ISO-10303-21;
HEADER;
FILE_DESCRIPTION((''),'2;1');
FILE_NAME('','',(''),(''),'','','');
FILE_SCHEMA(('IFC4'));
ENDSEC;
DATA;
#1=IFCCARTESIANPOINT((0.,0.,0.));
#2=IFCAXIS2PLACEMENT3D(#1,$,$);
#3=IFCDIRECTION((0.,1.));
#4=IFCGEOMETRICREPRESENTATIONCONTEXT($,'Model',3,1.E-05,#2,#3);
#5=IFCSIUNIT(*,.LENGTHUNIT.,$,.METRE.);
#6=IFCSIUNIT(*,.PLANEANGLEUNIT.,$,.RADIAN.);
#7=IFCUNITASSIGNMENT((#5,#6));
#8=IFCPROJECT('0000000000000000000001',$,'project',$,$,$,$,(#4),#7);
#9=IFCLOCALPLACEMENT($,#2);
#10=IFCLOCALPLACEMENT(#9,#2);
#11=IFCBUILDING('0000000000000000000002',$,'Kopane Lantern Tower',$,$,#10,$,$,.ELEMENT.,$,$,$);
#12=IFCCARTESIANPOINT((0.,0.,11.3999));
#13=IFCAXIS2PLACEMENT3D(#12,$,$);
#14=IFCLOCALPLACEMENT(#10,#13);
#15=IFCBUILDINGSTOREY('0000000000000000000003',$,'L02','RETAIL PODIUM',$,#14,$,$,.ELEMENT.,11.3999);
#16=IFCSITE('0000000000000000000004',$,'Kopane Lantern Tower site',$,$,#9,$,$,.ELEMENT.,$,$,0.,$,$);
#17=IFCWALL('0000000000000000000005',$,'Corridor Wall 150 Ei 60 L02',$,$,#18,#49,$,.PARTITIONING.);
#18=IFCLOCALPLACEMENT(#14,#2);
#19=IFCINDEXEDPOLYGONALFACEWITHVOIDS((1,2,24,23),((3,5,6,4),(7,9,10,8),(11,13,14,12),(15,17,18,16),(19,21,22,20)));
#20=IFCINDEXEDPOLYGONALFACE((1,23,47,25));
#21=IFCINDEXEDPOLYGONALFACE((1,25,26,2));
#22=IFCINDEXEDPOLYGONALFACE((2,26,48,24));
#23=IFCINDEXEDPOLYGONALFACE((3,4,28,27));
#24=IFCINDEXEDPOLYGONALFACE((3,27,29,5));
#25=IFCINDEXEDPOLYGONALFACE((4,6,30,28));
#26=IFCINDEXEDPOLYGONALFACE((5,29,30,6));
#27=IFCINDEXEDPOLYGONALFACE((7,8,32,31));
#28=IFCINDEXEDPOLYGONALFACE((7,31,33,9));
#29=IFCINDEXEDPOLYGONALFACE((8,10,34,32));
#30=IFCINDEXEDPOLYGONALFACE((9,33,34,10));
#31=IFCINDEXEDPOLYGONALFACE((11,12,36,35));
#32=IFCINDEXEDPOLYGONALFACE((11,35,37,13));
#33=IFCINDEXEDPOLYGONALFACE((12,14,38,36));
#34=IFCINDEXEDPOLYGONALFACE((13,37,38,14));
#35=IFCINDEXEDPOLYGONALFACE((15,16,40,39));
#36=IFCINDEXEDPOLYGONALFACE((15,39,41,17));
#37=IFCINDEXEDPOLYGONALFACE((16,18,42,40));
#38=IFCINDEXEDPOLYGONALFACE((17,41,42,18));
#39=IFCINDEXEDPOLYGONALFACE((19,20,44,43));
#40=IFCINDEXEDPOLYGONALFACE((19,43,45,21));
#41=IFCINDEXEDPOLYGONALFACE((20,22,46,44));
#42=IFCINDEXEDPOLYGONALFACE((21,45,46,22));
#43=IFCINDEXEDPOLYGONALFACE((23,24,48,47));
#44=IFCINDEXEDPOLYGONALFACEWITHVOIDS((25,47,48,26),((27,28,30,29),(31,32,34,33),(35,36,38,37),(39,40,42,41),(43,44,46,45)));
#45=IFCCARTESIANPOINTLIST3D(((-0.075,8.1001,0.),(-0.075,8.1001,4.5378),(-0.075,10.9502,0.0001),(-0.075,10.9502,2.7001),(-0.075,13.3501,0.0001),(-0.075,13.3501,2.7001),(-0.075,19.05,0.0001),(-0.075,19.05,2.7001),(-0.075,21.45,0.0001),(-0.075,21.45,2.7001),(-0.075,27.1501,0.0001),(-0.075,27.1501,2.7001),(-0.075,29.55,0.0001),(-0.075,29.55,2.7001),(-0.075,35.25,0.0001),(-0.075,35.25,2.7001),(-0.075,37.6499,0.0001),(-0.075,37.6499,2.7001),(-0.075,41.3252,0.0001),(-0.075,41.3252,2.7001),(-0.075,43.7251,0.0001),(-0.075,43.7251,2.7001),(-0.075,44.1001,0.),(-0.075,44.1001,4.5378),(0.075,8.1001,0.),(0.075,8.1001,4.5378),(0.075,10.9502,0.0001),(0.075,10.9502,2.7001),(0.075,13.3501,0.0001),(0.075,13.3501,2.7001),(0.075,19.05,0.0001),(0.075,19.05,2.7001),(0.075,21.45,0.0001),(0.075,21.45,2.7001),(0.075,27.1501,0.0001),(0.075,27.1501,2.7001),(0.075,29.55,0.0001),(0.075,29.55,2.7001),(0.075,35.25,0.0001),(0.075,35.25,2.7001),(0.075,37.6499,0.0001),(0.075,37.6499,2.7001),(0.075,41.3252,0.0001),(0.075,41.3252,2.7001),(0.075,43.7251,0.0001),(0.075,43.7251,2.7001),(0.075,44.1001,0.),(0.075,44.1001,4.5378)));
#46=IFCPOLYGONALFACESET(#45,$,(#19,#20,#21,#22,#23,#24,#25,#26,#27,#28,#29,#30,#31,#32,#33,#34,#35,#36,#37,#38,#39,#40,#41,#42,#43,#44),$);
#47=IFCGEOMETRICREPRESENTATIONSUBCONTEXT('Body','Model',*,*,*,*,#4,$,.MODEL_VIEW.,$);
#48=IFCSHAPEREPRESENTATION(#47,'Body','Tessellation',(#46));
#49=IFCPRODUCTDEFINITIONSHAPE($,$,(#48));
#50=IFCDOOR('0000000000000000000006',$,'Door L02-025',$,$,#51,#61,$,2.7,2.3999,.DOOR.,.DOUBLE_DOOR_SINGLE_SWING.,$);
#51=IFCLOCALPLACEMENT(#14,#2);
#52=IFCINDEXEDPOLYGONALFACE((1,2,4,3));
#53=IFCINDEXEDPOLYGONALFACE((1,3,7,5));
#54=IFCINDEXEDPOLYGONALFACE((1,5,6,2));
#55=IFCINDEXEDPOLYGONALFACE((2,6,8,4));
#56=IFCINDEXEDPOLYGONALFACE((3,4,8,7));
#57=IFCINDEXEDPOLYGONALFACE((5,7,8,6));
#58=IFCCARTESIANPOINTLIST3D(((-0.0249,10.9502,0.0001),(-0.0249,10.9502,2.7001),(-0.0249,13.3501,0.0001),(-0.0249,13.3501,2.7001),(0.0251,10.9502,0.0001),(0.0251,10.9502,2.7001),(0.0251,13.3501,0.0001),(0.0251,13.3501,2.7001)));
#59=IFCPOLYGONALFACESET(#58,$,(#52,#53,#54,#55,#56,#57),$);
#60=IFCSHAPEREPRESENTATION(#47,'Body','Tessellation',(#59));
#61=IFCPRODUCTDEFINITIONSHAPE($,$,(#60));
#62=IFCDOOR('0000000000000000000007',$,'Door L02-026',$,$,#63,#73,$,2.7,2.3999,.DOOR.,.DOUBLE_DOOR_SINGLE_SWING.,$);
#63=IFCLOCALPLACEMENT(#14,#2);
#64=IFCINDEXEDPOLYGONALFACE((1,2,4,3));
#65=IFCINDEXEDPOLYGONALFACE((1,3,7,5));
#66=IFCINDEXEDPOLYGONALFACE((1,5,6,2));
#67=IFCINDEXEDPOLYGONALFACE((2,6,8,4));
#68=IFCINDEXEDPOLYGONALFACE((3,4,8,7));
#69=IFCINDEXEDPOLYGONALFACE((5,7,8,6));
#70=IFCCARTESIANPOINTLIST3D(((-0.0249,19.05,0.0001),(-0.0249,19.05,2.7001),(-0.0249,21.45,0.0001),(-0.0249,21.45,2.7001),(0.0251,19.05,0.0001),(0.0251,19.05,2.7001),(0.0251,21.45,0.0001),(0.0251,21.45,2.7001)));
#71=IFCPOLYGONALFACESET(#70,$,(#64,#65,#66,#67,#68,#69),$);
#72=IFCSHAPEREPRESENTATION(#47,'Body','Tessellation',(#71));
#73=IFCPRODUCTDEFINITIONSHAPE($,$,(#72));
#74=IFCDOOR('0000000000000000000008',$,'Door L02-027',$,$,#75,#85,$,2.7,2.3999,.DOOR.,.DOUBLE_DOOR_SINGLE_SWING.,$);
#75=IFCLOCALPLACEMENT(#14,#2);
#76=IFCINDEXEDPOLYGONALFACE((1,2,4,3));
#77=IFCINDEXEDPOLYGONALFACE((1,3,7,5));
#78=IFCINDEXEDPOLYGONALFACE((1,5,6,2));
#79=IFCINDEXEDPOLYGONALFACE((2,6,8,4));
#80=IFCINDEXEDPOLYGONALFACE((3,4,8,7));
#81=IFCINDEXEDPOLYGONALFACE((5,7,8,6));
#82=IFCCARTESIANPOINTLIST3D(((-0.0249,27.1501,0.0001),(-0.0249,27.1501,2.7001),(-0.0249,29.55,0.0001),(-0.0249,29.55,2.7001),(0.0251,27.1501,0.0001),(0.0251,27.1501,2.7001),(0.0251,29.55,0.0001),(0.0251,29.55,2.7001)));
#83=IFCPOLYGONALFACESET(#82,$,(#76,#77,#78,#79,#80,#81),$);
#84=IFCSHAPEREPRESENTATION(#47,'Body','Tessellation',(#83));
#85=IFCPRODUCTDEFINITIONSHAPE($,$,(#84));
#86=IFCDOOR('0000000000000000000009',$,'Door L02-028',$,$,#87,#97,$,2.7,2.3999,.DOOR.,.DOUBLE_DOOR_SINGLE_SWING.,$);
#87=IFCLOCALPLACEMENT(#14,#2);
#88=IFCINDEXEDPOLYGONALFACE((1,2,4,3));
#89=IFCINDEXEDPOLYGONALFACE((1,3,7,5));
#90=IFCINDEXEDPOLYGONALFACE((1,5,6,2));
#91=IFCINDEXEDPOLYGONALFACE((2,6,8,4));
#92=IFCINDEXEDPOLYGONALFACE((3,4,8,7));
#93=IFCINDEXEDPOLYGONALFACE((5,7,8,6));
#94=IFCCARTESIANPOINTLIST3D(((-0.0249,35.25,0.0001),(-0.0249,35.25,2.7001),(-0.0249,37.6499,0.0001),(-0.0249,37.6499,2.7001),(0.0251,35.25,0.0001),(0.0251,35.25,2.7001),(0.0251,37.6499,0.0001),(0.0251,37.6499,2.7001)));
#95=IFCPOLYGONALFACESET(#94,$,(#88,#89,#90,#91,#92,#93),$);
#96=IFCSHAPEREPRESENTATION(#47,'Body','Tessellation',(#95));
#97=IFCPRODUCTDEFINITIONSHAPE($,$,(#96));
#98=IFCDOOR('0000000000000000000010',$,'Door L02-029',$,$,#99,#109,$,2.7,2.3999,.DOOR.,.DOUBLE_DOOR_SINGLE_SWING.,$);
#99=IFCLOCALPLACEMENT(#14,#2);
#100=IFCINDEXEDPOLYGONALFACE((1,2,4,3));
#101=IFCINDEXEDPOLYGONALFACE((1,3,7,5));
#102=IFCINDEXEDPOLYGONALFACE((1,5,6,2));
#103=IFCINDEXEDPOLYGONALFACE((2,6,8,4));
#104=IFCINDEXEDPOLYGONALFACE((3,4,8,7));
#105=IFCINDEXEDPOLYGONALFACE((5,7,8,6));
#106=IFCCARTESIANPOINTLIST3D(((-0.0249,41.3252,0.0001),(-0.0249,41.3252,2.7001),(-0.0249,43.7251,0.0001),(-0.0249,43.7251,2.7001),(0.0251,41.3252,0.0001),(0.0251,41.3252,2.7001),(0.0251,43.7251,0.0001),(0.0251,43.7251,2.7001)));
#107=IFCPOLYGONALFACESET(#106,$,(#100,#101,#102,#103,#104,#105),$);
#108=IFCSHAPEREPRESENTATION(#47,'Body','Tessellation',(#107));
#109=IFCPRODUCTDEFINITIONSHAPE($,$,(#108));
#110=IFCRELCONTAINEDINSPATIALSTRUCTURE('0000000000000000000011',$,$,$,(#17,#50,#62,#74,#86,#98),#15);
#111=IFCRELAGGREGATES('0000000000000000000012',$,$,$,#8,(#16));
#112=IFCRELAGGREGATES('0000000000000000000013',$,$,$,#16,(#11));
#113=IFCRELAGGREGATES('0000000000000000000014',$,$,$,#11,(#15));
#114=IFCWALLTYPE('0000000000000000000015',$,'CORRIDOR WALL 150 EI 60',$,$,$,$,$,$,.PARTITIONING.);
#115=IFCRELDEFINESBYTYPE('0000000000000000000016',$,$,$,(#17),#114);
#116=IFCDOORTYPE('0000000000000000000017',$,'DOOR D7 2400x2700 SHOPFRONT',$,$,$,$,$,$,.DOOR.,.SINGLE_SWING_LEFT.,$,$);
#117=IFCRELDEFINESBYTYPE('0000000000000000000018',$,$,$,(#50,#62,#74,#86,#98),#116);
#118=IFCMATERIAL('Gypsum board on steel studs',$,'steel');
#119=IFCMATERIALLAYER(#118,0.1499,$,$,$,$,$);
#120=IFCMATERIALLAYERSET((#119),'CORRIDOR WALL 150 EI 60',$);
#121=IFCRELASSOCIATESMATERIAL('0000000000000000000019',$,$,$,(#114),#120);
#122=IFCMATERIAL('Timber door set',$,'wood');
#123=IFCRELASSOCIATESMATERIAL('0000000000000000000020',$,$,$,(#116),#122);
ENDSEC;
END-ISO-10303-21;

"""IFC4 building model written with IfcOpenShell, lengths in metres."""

from ifc_helpers import new_model, si_unit, direction, frame, frame_2d, origin, place, context, subcontext, project, spatial, rectangle, extrude, material, layer, layer_set, type_object, element, fill, save


model = new_model("IFC4")

# Units and contexts
model_context = context("Model", 3, precision=1e-05, world=origin(), true_north=direction((0.0, 1.0)))
body_context = subcontext(model_context, "Body", "Model", "MODEL_VIEW")
ifc_project = project(units=[si_unit("LENGTHUNIT", "METRE"), si_unit("PLANEANGLEUNIT", "RADIAN")], contexts=[model_context])

# Site, building, storey
site_placement = place(None, origin())
site = spatial("IfcSite", under=ifc_project, at=site_placement, Name="Kopane Lantern Tower site", CompositionType="ELEMENT", RefElevation=0.0)
building_placement = place(site_placement, origin())
building = spatial("IfcBuilding", under=site, at=building_placement, Name="Kopane Lantern Tower", CompositionType="ELEMENT")
storey_placement = place(building_placement, frame((0.0, 0.0, 11.3999)))
storey = spatial("IfcBuildingStorey", under=building, at=storey_placement, Name="L02", Description="RETAIL PODIUM", CompositionType="ELEMENT", Elevation=11.3999)

# Wall, openings, doors
ifc_material_1 = material(Name="Gypsum board on steel studs", Category="steel")
ifc_layer_1 = layer(ifc_material_1, 0.1499)
ifc_layer_set_1 = layer_set([ifc_layer_1], Name="CORRIDOR WALL 150 EI 60")
wall_type_1 = type_object("IfcWallType", Name="CORRIDOR WALL 150 EI 60", PredefinedType="PARTITIONING", material=ifc_layer_set_1)
ifc_material_2 = material(Name="Timber door set", Category="wood")
door_type_1 = type_object("IfcDoorType", Name="DOOR D7 2400x2700 SHOPFRONT", OperationType="SINGLE_SWING_LEFT", PredefinedType="DOOR", material=ifc_material_2)
wall_1_placement = place(storey_placement, frame((0.0, 8.1001, 0.0), z_axis=(0.0, 0.0, 1.0), x_axis=(0.0, 1.0, 0.0)))
wall_1 = element("IfcWall", 1, at=wall_1_placement, inside=storey, type_object=wall_type_1, Name="Corridor Wall 150 Ei 60 L02", PredefinedType="PARTITIONING", context=body_context, shape_type="SweptSolid", body=[
    extrude(rectangle(XDim=36.0, YDim=0.1499, at=frame_2d((18.0, 0.0))), origin(), (0.0, 0.0, 1.0), 4.5378),
])
opening_1_placement = place(wall_1_placement, frame((2.8501, 0.0, 0.0)))
opening_1 = element("IfcOpeningElement", 2, at=opening_1_placement, cuts=wall_1, PredefinedType="OPENING", context=body_context, shape_type="SweptSolid", body=[
    extrude(rectangle(XDim=2.3999, YDim=2.7, at=frame_2d((1.2, 1.3501))), frame((0.0, 0.085, 0.0), z_axis=(0.0, -1.0, 0.0), x_axis=(1.0, 0.0, 0.0)), (0.0, 0.0, 1.0), 0.1699),
])
opening_2_placement = place(wall_1_placement, frame((10.95, 0.0, 0.0)))
opening_2 = element("IfcOpeningElement", 3, at=opening_2_placement, cuts=wall_1, PredefinedType="OPENING", context=body_context, shape_type="SweptSolid", body=[
    extrude(rectangle(XDim=2.3999, YDim=2.7, at=frame_2d((1.2, 1.3501))), frame((0.0, 0.085, 0.0), z_axis=(0.0, -1.0, 0.0), x_axis=(1.0, 0.0, 0.0)), (0.0, 0.0, 1.0), 0.1699),
])
opening_3_placement = place(wall_1_placement, frame((19.05, 0.0, 0.0)))
opening_3 = element("IfcOpeningElement", 4, at=opening_3_placement, cuts=wall_1, PredefinedType="OPENING", context=body_context, shape_type="SweptSolid", body=[
    extrude(rectangle(XDim=2.3999, YDim=2.7, at=frame_2d((1.2, 1.3501))), frame((0.0, 0.085, 0.0), z_axis=(0.0, -1.0, 0.0), x_axis=(1.0, 0.0, 0.0)), (0.0, 0.0, 1.0), 0.1699),
])
opening_4_placement = place(wall_1_placement, frame((27.1499, 0.0, 0.0)))
opening_4 = element("IfcOpeningElement", 5, at=opening_4_placement, cuts=wall_1, PredefinedType="OPENING", context=body_context, shape_type="SweptSolid", body=[
    extrude(rectangle(XDim=2.3999, YDim=2.7, at=frame_2d((1.2, 1.3501))), frame((0.0, 0.085, 0.0), z_axis=(0.0, -1.0, 0.0), x_axis=(1.0, 0.0, 0.0)), (0.0, 0.0, 1.0), 0.1699),
])
opening_5_placement = place(wall_1_placement, frame((33.2251, 0.0, 0.0)))
opening_5 = element("IfcOpeningElement", 6, at=opening_5_placement, cuts=wall_1, PredefinedType="OPENING", context=body_context, shape_type="SweptSolid", body=[
    extrude(rectangle(XDim=2.3999, YDim=2.7, at=frame_2d((1.2, 1.3501))), frame((0.0, 0.085, 0.0), z_axis=(0.0, -1.0, 0.0), x_axis=(1.0, 0.0, 0.0)), (0.0, 0.0, 1.0), 0.1699),
])
door_1_placement = place(opening_1_placement, origin())
door_1 = element("IfcDoor", 7, at=door_1_placement, inside=storey, type_object=door_type_1, Name="Door L02-025", OperationType="DOUBLE_DOOR_SINGLE_SWING", OverallHeight=2.7, OverallWidth=2.3999, PredefinedType="DOOR", context=body_context, shape_type="SweptSolid", body=[
    extrude(rectangle(XDim=2.3999, YDim=2.7, at=frame_2d((1.2, 1.3501))), frame((0.0, 0.0249, 0.0), z_axis=(0.0, -1.0, 0.0), x_axis=(1.0, 0.0, 0.0)), (0.0, 0.0, 1.0), 0.05),
])
fill(opening_1, door_1)
door_2_placement = place(opening_2_placement, origin())
door_2 = element("IfcDoor", 8, at=door_2_placement, inside=storey, type_object=door_type_1, Name="Door L02-026", OperationType="DOUBLE_DOOR_SINGLE_SWING", OverallHeight=2.7, OverallWidth=2.3999, PredefinedType="DOOR", context=body_context, shape_type="SweptSolid", body=[
    extrude(rectangle(XDim=2.3999, YDim=2.7, at=frame_2d((1.2, 1.3501))), frame((0.0, 0.0249, 0.0), z_axis=(0.0, -1.0, 0.0), x_axis=(1.0, 0.0, 0.0)), (0.0, 0.0, 1.0), 0.05),
])
fill(opening_2, door_2)
door_3_placement = place(opening_3_placement, origin())
door_3 = element("IfcDoor", 9, at=door_3_placement, inside=storey, type_object=door_type_1, Name="Door L02-027", OperationType="DOUBLE_DOOR_SINGLE_SWING", OverallHeight=2.7, OverallWidth=2.3999, PredefinedType="DOOR", context=body_context, shape_type="SweptSolid", body=[
    extrude(rectangle(XDim=2.3999, YDim=2.7, at=frame_2d((1.2, 1.3501))), frame((0.0, 0.0249, 0.0), z_axis=(0.0, -1.0, 0.0), x_axis=(1.0, 0.0, 0.0)), (0.0, 0.0, 1.0), 0.05),
])
fill(opening_3, door_3)
door_4_placement = place(opening_4_placement, origin())
door_4 = element("IfcDoor", 10, at=door_4_placement, inside=storey, type_object=door_type_1, Name="Door L02-028", OperationType="DOUBLE_DOOR_SINGLE_SWING", OverallHeight=2.7, OverallWidth=2.3999, PredefinedType="DOOR", context=body_context, shape_type="SweptSolid", body=[
    extrude(rectangle(XDim=2.3999, YDim=2.7, at=frame_2d((1.2, 1.3501))), frame((0.0, 0.0249, 0.0), z_axis=(0.0, -1.0, 0.0), x_axis=(1.0, 0.0, 0.0)), (0.0, 0.0, 1.0), 0.05),
])
fill(opening_4, door_4)
door_5_placement = place(opening_5_placement, origin())
door_5 = element("IfcDoor", 11, at=door_5_placement, inside=storey, type_object=door_type_1, Name="Door L02-029", OperationType="DOUBLE_DOOR_SINGLE_SWING", OverallHeight=2.7, OverallWidth=2.3999, PredefinedType="DOOR", context=body_context, shape_type="SweptSolid", body=[
    extrude(rectangle(XDim=2.3999, YDim=2.7, at=frame_2d((1.2, 1.3501))), frame((0.0, 0.0249, 0.0), z_axis=(0.0, -1.0, 0.0), x_axis=(1.0, 0.0, 0.0)), (0.0, 0.0, 1.0), 0.05),
])
fill(opening_5, door_5)

save(model, "model.ifc")
